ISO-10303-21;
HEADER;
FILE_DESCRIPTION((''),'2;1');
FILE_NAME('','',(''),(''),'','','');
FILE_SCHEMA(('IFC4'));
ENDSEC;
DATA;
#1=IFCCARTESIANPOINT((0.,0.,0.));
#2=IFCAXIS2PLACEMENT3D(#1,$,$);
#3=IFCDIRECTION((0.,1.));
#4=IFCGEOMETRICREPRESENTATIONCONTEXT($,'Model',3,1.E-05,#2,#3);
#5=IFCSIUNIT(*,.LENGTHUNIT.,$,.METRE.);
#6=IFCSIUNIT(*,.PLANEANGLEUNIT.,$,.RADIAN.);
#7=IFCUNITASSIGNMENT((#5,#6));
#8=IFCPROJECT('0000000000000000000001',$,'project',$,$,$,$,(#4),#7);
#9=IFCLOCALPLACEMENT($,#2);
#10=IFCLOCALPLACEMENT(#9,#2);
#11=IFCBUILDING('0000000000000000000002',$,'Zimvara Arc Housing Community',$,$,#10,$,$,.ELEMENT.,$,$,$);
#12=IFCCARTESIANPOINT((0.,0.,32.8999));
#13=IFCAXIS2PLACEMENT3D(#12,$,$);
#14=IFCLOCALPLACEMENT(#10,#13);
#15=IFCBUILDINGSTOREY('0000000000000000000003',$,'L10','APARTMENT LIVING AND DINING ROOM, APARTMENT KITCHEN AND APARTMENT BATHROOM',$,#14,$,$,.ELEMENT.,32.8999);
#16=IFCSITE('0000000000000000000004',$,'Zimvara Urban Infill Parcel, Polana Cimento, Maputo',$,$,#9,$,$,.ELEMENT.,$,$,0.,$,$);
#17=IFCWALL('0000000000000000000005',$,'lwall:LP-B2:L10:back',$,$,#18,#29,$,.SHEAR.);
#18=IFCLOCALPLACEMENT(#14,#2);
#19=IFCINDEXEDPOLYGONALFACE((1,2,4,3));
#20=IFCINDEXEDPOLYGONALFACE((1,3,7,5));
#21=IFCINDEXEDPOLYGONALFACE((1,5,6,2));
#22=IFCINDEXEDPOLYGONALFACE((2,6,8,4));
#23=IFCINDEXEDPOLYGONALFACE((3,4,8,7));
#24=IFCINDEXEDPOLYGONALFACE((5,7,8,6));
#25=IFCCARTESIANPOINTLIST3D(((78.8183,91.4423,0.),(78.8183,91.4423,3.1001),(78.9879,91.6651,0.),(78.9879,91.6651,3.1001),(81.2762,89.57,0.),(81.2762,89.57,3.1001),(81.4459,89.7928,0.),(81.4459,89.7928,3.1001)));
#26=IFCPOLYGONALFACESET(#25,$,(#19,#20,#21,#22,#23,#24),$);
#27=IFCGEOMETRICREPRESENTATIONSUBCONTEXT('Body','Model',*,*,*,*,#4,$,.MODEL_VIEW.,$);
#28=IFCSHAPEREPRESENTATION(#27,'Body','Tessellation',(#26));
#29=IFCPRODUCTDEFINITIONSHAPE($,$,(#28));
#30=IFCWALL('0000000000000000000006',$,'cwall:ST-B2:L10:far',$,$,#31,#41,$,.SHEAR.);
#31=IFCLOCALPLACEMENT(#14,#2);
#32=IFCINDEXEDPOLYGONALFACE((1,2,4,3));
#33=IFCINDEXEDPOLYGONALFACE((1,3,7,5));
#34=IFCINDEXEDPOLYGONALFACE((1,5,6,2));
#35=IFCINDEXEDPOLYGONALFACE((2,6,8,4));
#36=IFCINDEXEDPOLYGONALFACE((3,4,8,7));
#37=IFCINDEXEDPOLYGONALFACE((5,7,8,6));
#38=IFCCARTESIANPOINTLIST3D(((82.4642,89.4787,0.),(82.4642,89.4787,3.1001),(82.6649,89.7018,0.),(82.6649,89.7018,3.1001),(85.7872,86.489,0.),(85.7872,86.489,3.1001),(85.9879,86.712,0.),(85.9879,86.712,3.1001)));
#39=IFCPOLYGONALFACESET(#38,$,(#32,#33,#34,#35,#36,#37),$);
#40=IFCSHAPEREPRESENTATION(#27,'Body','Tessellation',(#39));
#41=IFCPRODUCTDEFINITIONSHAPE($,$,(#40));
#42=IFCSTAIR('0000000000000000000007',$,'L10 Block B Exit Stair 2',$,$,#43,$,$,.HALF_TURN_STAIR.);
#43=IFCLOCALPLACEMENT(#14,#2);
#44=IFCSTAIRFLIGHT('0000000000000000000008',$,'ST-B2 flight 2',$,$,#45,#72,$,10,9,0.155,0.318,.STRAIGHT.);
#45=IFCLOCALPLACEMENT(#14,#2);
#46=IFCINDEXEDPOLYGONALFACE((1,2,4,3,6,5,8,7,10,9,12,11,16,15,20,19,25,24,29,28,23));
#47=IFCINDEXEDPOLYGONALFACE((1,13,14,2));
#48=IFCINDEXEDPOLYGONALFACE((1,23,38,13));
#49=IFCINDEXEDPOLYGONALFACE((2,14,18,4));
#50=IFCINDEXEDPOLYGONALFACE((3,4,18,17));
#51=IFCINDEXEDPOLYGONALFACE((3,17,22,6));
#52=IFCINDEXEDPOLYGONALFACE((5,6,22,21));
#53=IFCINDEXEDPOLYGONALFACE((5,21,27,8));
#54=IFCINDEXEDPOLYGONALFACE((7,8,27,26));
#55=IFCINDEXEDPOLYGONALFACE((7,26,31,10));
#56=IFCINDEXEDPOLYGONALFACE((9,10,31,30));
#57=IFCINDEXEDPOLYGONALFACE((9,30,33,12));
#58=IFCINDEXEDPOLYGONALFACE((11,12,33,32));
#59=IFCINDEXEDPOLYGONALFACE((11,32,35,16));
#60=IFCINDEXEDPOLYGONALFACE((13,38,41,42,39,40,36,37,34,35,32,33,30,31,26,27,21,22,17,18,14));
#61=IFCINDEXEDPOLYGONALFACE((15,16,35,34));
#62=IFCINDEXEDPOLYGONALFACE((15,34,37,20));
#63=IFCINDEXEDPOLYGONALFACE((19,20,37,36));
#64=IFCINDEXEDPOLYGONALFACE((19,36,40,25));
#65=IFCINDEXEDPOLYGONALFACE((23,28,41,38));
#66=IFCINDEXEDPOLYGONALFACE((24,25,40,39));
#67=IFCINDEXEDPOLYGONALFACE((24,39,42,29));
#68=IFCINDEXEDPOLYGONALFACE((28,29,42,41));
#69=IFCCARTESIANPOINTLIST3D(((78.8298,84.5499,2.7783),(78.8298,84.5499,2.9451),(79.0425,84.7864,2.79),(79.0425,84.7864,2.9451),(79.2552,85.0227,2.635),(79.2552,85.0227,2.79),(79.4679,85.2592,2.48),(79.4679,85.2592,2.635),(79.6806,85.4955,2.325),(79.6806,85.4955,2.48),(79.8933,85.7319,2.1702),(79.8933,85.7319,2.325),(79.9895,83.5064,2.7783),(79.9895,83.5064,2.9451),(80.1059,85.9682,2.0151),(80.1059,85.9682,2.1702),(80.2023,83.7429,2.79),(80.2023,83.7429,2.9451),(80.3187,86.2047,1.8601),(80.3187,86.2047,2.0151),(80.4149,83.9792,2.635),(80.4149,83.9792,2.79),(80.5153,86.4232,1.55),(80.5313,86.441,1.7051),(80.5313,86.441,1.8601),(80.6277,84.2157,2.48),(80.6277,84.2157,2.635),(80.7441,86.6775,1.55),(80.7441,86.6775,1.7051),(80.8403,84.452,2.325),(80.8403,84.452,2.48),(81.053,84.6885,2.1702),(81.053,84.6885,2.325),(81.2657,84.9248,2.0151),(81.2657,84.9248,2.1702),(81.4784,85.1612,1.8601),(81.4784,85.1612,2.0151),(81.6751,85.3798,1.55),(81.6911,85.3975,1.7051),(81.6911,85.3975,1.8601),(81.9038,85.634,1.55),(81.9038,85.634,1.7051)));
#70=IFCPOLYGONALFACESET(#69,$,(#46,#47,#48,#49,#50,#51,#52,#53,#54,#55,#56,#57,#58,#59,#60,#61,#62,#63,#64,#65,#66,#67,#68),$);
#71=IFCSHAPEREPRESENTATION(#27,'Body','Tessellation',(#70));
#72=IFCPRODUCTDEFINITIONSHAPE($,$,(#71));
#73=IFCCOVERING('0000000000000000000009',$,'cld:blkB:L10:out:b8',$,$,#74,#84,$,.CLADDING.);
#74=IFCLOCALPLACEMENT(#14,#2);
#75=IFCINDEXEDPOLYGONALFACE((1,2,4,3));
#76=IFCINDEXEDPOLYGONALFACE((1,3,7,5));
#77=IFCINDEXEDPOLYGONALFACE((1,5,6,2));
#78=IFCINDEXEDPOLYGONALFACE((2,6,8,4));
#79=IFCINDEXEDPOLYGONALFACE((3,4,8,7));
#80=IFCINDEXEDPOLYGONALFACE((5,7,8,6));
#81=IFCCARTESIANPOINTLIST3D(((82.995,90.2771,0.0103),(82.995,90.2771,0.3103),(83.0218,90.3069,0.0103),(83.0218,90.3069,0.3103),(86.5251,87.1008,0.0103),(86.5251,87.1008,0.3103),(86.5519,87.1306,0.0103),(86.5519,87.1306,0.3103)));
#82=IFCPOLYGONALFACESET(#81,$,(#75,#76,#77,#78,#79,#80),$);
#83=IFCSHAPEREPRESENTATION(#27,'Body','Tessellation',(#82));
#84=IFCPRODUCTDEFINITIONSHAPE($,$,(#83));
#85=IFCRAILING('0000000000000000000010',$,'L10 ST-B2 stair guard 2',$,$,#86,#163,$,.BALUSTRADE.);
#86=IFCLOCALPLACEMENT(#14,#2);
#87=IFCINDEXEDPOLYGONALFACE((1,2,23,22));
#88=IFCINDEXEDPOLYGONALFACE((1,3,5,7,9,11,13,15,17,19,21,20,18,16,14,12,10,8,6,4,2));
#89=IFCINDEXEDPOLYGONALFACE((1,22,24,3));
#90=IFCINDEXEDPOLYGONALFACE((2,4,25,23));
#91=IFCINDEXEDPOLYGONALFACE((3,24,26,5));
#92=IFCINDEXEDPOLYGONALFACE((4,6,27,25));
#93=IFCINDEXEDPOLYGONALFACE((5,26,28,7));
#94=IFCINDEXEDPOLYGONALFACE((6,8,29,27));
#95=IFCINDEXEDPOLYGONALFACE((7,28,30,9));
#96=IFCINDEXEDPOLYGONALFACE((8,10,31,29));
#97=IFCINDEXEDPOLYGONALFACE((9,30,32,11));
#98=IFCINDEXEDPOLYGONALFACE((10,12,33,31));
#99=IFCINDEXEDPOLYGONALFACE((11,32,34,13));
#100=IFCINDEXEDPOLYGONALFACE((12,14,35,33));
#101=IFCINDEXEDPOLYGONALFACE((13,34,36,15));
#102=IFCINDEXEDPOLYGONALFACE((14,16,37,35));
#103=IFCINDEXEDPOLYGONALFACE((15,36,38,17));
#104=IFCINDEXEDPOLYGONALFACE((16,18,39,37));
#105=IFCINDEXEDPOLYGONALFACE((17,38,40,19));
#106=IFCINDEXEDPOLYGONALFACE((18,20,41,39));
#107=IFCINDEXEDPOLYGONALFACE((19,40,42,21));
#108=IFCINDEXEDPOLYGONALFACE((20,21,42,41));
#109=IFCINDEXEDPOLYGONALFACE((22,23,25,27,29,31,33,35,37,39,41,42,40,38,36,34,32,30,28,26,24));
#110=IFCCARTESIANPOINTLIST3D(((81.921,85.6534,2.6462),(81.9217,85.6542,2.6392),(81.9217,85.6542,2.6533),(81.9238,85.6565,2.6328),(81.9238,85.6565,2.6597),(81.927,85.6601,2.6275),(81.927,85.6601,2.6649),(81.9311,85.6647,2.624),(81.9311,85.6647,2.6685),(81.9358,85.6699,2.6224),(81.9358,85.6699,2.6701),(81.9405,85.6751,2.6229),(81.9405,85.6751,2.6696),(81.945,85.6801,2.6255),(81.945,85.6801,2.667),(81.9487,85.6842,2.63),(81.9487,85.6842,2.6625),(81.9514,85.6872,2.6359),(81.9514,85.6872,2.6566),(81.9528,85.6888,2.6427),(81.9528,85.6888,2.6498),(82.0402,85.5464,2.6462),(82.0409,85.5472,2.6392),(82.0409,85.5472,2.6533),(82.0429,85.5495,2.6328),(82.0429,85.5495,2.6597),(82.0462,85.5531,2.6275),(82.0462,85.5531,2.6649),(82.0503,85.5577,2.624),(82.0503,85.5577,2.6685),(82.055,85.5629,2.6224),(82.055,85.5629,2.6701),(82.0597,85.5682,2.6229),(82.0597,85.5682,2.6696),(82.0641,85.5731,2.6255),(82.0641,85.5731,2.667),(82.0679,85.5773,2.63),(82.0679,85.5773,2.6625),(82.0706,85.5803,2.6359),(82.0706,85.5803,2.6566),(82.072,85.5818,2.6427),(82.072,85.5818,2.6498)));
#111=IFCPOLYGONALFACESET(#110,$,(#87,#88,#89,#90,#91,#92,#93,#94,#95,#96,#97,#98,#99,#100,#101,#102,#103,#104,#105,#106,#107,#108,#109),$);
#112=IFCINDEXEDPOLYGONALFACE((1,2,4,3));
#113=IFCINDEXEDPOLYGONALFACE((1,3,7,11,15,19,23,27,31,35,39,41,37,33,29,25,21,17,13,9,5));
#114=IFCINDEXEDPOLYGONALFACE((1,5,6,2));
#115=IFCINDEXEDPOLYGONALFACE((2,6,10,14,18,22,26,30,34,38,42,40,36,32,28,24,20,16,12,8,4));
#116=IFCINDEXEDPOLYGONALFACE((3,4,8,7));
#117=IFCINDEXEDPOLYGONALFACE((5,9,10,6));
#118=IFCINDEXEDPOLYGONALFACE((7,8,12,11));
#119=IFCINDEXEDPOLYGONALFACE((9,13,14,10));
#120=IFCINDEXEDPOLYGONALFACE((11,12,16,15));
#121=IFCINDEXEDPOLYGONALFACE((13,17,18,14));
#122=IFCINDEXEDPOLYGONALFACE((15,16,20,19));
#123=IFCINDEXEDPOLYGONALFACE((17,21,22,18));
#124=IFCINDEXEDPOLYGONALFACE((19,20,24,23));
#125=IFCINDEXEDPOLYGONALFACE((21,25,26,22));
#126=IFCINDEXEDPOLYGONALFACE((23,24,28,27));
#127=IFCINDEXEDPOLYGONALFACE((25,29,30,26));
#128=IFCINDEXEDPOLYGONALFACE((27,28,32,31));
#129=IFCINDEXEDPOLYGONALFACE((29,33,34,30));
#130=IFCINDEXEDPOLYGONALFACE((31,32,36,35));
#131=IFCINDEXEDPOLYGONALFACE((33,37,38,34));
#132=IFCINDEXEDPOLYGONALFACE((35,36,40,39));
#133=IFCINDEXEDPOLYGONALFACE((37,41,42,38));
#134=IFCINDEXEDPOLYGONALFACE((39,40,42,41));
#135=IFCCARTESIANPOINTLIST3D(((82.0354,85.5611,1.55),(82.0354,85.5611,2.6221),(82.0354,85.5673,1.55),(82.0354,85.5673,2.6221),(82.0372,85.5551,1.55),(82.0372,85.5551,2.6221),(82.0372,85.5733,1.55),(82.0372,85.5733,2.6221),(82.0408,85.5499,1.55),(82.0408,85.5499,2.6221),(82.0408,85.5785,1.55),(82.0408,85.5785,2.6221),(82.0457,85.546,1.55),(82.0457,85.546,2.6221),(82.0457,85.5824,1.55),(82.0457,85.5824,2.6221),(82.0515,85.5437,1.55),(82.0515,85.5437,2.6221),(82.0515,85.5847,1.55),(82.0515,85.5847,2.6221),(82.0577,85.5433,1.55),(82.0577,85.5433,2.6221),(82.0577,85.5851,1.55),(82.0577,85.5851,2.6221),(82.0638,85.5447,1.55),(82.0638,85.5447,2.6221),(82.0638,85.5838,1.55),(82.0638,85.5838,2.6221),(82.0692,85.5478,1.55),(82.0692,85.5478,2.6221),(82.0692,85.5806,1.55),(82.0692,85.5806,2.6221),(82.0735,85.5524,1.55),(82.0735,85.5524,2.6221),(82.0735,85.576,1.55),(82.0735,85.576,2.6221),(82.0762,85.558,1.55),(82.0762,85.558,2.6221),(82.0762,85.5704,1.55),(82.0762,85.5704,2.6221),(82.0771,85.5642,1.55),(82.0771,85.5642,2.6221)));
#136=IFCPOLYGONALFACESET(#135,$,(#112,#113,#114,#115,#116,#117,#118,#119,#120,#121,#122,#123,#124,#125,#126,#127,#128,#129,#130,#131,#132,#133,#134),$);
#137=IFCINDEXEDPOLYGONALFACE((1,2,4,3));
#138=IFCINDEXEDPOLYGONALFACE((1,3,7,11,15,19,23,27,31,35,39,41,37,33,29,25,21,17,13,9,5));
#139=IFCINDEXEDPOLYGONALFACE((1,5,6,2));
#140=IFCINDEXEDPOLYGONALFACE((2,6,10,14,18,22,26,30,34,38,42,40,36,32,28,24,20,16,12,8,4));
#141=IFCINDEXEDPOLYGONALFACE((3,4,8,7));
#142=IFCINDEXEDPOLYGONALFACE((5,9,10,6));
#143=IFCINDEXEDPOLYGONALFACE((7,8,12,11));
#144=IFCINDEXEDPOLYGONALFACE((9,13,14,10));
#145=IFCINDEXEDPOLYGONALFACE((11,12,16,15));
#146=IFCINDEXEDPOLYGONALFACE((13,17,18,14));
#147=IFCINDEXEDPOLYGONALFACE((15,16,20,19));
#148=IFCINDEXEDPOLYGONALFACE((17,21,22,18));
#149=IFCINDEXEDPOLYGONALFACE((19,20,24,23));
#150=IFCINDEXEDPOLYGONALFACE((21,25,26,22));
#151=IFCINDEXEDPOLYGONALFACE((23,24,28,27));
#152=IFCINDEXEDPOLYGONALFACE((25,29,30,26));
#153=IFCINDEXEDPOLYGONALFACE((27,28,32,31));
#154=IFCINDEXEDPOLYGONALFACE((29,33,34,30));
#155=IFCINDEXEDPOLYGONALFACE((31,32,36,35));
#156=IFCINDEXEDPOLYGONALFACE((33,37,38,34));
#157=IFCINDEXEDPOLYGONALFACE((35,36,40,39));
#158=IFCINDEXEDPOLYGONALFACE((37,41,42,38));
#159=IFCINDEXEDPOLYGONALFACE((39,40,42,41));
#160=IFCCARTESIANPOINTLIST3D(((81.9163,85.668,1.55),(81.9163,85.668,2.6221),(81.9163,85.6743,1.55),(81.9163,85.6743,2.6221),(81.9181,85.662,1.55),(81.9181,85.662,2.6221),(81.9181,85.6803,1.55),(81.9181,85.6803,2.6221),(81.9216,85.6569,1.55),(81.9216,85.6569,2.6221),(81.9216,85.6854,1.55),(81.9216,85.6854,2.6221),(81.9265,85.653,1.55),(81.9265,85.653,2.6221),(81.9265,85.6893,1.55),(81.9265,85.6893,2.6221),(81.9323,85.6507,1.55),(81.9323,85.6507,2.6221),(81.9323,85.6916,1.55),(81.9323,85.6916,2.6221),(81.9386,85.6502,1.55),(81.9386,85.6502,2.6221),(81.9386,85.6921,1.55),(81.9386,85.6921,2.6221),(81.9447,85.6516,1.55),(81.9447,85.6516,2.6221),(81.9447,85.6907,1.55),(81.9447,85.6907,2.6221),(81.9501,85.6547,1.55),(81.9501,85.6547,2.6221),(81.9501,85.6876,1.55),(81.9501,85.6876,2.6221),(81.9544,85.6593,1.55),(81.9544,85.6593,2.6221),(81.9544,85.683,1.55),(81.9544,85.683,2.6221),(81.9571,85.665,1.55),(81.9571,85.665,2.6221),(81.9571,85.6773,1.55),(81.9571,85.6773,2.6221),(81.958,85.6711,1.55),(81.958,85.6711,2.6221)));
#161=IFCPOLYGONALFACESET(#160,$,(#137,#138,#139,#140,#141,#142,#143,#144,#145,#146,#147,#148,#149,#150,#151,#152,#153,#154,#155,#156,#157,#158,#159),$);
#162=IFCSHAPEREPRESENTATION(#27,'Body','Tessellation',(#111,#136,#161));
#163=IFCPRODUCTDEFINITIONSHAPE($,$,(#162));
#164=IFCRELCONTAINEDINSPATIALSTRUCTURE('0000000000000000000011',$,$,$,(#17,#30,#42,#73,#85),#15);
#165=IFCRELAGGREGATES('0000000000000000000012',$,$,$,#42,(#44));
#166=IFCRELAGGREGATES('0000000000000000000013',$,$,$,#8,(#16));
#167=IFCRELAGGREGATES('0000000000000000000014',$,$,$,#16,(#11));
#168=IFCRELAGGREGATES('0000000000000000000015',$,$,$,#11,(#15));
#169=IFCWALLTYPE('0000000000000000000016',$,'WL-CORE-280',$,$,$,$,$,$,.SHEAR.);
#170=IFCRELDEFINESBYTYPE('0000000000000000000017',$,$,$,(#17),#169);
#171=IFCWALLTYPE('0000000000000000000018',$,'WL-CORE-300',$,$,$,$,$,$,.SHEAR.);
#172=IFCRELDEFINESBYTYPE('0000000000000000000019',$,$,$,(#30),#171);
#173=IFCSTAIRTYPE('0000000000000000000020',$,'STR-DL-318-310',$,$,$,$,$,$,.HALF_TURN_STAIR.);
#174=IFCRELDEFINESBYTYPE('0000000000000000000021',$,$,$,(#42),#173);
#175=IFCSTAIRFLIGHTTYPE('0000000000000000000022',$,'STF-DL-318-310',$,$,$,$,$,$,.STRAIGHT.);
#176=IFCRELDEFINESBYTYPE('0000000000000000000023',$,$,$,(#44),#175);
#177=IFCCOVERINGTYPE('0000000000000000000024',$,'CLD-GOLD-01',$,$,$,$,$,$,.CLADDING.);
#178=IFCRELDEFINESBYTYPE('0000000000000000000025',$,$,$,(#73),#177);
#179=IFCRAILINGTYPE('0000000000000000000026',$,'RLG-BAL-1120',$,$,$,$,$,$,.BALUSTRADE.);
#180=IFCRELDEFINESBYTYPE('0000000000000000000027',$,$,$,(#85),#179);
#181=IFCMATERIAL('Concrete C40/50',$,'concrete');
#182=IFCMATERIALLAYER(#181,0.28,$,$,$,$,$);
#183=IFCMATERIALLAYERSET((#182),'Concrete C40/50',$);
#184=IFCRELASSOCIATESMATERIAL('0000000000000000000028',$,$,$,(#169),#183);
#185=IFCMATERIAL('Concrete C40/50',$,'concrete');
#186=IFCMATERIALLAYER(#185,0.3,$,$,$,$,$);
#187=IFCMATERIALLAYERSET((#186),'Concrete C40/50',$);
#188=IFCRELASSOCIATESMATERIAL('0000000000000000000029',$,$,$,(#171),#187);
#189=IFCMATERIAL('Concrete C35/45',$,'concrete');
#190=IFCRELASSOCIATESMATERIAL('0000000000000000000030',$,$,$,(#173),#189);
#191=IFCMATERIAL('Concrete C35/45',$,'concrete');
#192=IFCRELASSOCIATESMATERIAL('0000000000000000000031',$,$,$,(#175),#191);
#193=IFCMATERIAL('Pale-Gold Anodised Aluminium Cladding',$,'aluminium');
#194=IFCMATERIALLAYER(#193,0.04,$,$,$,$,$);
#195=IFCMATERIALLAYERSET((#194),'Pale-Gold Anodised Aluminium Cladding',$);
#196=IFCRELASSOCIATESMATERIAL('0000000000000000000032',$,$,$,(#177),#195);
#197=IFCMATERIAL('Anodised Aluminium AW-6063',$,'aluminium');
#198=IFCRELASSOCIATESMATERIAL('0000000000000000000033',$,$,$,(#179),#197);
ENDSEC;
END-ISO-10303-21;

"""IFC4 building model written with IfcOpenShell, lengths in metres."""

from ifc_helpers import new_model, si_unit, direction, frame, frame_2d, origin, origin_2d, place, context, subcontext, project, spatial, polyline, rectangle, circle, outline, extrude, material, layer, layer_set, type_object, element, aggregate, save


model = new_model("IFC4")

# Units and contexts
model_context = context("Model", 3, precision=1e-05, world=origin(), true_north=direction((0.0, 1.0)))
body_context = subcontext(model_context, "Body", "Model", "MODEL_VIEW")
ifc_project = project(units=[si_unit("LENGTHUNIT", "METRE"), si_unit("PLANEANGLEUNIT", "RADIAN")], contexts=[model_context])

# Site, building, storey
site_placement = place(None, origin())
site = spatial("IfcSite", under=ifc_project, at=site_placement, Name="Zimvara Urban Infill Parcel, Polana Cimento, Maputo", CompositionType="ELEMENT", RefElevation=0.0)
building_placement = place(site_placement, origin())
building = spatial("IfcBuilding", under=site, at=building_placement, Name="Zimvara Arc Housing Community", CompositionType="ELEMENT")
storey_placement = place(building_placement, frame((0.0, 0.0, 32.8999)))
storey = spatial("IfcBuildingStorey", under=building, at=storey_placement, Name="L10", Description="APARTMENT LIVING AND DINING ROOM, APARTMENT KITCHEN AND APARTMENT BATHROOM", CompositionType="ELEMENT", Elevation=32.8999)

# Walls
ifc_material_1 = material(Name="Concrete C40/50", Category="concrete")
ifc_layer_1 = layer(ifc_material_1, 0.28)
ifc_layer_set_1 = layer_set([ifc_layer_1], Name="Concrete C40/50")
wall_type_1 = type_object("IfcWallType", Name="WL-CORE-280", PredefinedType="SHEAR", material=ifc_layer_set_1)
wall_1_placement = place(storey_placement, frame((81.3611, 89.6814, 0.0), z_axis=(0.0, 0.0, 1.0), x_axis=(-0.795502, 0.60595, 0.0)))
element("IfcWall", 1, at=wall_1_placement, inside=storey, type_object=wall_type_1, Name="lwall:LP-B2:L10:back", PredefinedType="SHEAR", context=body_context, shape_type="SweptSolid", body=[
    extrude(rectangle(XDim=3.0898, YDim=0.28, at=frame_2d((1.5449, 0.0))), origin(), (0.0, 0.0, 1.0), 3.1001),
])
ifc_material_2 = material(Name="Concrete C40/50", Category="concrete")
ifc_layer_2 = layer(ifc_material_2, 0.3)
ifc_layer_set_2 = layer_set([ifc_layer_2], Name="Concrete C40/50")
wall_type_2 = type_object("IfcWallType", Name="WL-CORE-300", PredefinedType="SHEAR", material=ifc_layer_set_2)
wall_2_placement = place(storey_placement, frame((85.8875, 86.6006, 0.0), z_axis=(0.0, 0.0, 1.0), x_axis=(-0.7434, 0.668847, 0.0)))
element("IfcWall", 2, at=wall_2_placement, inside=storey, type_object=wall_type_2, Name="cwall:ST-B2:L10:far", PredefinedType="SHEAR", context=body_context, shape_type="SweptSolid", body=[
    extrude(rectangle(XDim=4.47, YDim=0.3, at=frame_2d((2.2349, 0.0))), origin(), (0.0, 0.0, 1.0), 3.1001),
])

# Stair, stair flight
ifc_material_3 = material(Name="Concrete C35/45", Category="concrete")
stair_type = type_object("IfcStairType", Name="STR-DL-318-310", PredefinedType="HALF_TURN_STAIR", material=ifc_material_3)
stair_placement = place(storey_placement, origin())
stair = element("IfcStair", 3, at=stair_placement, inside=storey, type_object=stair_type, Name="L10 Block B Exit Stair 2", PredefinedType="HALF_TURN_STAIR")
ifc_material_4 = material(Name="Concrete C35/45", Category="concrete")
stair_flight_type = type_object("IfcStairFlightType", Name="STF-DL-318-310", PredefinedType="STRAIGHT", material=ifc_material_4)
stair_flight_placement = place(storey_placement, frame((81.324, 86.1558, 1.55), z_axis=(0.0, 0.0, 1.0), x_axis=(-0.668871, -0.743378, 0.0)))
stair_flight = element("IfcStairFlight", 4, at=stair_flight_placement, type_object=stair_flight_type, Name="ST-B2 flight 2", NumberOfRisers=10, NumberOfTreads=9, PredefinedType="STRAIGHT", RiserHeight=0.155, TreadLength=0.318, context=body_context, shape_type="SweptSolid", body=[
    extrude(outline(polyline([(0.0, 0.0), (0.0, 0.155), (0.3181, 0.155), (0.3181, 0.3101), (0.636, 0.3101), (0.636, 0.4651), (0.9541, 0.4651), (0.9541, 0.6201), (1.272, 0.6201), (1.272, 0.7749), (1.5901, 0.7749), (1.5901, 0.9299), (1.908, 0.9299), (1.908, 1.085), (2.2261, 1.085), (2.2261, 1.24), (2.5439, 1.24), (2.5439, 1.395), (2.8621, 1.395), (2.8621, 1.55), (2.8621, 1.2283), (0.342, 0.0), (0.0, 0.0)])), frame((0.0, 0.78, 0.0), z_axis=(0.0, -1.0, 0.0), x_axis=(1.0, 0.0, 0.0)), (0.0, 0.0, 1.0), 1.5601),
])
aggregate(stair, [stair_flight])

# Covering
ifc_material_5 = material(Name="Pale-Gold Anodised Aluminium Cladding", Category="aluminium")
ifc_layer_3 = layer(ifc_material_5, 0.04)
ifc_layer_set_3 = layer_set([ifc_layer_3], Name="Pale-Gold Anodised Aluminium Cladding")
covering_type = type_object("IfcCoveringType", Name="CLD-GOLD-01", PredefinedType="CLADDING", material=ifc_layer_set_3)
covering_placement = place(storey_placement, frame((84.7734, 88.7039, 0.0103), z_axis=(0.0, 0.0, 1.0), x_axis=(0.743377, -0.668872, 0.0)))
element("IfcCovering", 5, at=covering_placement, inside=storey, type_object=covering_type, Name="cld:blkB:L10:out:b8", PredefinedType="CLADDING", context=body_context, shape_type="SweptSolid", body=[
    extrude(rectangle(XDim=4.7488, YDim=0.04, at=origin_2d()), origin(), (0.0, 0.0, 1.0), 0.3),
])

# Railing
ifc_material_6 = material(Name="Anodised Aluminium AW-6063", Category="aluminium")
railing_type = type_object("IfcRailingType", Name="RLG-BAL-1120", PredefinedType="BALUSTRADE", material=ifc_material_6)
railing_1_placement = place(storey_placement, frame((82.0562, 85.5642, 1.55)))
element("IfcRailing", 6, at=railing_1_placement, inside=storey, type_object=railing_type, Name="L10 ST-B2 stair guard 2", PredefinedType="BALUSTRADE", context=body_context, shape_type="SweptSolid", body=[
    extrude(circle(Radius=0.0239, at=origin_2d()), frame((0.0, 0.0, 1.0962), z_axis=(-0.744203, 0.667953, 0.0), x_axis=(-0.667953, -0.744203, 0.0)), (0.0, 0.0, 1.0), 0.1602),
    extrude(circle(Radius=0.021, at=origin_2d()), origin(), (0.0, 0.0, 1.0), 1.072),
    extrude(circle(Radius=0.021, at=origin_2d()), frame((-0.1191, 0.1069, 0.0)), (0.0, 0.0, 1.0), 1.072),
])

save(model, "model.ifc")
